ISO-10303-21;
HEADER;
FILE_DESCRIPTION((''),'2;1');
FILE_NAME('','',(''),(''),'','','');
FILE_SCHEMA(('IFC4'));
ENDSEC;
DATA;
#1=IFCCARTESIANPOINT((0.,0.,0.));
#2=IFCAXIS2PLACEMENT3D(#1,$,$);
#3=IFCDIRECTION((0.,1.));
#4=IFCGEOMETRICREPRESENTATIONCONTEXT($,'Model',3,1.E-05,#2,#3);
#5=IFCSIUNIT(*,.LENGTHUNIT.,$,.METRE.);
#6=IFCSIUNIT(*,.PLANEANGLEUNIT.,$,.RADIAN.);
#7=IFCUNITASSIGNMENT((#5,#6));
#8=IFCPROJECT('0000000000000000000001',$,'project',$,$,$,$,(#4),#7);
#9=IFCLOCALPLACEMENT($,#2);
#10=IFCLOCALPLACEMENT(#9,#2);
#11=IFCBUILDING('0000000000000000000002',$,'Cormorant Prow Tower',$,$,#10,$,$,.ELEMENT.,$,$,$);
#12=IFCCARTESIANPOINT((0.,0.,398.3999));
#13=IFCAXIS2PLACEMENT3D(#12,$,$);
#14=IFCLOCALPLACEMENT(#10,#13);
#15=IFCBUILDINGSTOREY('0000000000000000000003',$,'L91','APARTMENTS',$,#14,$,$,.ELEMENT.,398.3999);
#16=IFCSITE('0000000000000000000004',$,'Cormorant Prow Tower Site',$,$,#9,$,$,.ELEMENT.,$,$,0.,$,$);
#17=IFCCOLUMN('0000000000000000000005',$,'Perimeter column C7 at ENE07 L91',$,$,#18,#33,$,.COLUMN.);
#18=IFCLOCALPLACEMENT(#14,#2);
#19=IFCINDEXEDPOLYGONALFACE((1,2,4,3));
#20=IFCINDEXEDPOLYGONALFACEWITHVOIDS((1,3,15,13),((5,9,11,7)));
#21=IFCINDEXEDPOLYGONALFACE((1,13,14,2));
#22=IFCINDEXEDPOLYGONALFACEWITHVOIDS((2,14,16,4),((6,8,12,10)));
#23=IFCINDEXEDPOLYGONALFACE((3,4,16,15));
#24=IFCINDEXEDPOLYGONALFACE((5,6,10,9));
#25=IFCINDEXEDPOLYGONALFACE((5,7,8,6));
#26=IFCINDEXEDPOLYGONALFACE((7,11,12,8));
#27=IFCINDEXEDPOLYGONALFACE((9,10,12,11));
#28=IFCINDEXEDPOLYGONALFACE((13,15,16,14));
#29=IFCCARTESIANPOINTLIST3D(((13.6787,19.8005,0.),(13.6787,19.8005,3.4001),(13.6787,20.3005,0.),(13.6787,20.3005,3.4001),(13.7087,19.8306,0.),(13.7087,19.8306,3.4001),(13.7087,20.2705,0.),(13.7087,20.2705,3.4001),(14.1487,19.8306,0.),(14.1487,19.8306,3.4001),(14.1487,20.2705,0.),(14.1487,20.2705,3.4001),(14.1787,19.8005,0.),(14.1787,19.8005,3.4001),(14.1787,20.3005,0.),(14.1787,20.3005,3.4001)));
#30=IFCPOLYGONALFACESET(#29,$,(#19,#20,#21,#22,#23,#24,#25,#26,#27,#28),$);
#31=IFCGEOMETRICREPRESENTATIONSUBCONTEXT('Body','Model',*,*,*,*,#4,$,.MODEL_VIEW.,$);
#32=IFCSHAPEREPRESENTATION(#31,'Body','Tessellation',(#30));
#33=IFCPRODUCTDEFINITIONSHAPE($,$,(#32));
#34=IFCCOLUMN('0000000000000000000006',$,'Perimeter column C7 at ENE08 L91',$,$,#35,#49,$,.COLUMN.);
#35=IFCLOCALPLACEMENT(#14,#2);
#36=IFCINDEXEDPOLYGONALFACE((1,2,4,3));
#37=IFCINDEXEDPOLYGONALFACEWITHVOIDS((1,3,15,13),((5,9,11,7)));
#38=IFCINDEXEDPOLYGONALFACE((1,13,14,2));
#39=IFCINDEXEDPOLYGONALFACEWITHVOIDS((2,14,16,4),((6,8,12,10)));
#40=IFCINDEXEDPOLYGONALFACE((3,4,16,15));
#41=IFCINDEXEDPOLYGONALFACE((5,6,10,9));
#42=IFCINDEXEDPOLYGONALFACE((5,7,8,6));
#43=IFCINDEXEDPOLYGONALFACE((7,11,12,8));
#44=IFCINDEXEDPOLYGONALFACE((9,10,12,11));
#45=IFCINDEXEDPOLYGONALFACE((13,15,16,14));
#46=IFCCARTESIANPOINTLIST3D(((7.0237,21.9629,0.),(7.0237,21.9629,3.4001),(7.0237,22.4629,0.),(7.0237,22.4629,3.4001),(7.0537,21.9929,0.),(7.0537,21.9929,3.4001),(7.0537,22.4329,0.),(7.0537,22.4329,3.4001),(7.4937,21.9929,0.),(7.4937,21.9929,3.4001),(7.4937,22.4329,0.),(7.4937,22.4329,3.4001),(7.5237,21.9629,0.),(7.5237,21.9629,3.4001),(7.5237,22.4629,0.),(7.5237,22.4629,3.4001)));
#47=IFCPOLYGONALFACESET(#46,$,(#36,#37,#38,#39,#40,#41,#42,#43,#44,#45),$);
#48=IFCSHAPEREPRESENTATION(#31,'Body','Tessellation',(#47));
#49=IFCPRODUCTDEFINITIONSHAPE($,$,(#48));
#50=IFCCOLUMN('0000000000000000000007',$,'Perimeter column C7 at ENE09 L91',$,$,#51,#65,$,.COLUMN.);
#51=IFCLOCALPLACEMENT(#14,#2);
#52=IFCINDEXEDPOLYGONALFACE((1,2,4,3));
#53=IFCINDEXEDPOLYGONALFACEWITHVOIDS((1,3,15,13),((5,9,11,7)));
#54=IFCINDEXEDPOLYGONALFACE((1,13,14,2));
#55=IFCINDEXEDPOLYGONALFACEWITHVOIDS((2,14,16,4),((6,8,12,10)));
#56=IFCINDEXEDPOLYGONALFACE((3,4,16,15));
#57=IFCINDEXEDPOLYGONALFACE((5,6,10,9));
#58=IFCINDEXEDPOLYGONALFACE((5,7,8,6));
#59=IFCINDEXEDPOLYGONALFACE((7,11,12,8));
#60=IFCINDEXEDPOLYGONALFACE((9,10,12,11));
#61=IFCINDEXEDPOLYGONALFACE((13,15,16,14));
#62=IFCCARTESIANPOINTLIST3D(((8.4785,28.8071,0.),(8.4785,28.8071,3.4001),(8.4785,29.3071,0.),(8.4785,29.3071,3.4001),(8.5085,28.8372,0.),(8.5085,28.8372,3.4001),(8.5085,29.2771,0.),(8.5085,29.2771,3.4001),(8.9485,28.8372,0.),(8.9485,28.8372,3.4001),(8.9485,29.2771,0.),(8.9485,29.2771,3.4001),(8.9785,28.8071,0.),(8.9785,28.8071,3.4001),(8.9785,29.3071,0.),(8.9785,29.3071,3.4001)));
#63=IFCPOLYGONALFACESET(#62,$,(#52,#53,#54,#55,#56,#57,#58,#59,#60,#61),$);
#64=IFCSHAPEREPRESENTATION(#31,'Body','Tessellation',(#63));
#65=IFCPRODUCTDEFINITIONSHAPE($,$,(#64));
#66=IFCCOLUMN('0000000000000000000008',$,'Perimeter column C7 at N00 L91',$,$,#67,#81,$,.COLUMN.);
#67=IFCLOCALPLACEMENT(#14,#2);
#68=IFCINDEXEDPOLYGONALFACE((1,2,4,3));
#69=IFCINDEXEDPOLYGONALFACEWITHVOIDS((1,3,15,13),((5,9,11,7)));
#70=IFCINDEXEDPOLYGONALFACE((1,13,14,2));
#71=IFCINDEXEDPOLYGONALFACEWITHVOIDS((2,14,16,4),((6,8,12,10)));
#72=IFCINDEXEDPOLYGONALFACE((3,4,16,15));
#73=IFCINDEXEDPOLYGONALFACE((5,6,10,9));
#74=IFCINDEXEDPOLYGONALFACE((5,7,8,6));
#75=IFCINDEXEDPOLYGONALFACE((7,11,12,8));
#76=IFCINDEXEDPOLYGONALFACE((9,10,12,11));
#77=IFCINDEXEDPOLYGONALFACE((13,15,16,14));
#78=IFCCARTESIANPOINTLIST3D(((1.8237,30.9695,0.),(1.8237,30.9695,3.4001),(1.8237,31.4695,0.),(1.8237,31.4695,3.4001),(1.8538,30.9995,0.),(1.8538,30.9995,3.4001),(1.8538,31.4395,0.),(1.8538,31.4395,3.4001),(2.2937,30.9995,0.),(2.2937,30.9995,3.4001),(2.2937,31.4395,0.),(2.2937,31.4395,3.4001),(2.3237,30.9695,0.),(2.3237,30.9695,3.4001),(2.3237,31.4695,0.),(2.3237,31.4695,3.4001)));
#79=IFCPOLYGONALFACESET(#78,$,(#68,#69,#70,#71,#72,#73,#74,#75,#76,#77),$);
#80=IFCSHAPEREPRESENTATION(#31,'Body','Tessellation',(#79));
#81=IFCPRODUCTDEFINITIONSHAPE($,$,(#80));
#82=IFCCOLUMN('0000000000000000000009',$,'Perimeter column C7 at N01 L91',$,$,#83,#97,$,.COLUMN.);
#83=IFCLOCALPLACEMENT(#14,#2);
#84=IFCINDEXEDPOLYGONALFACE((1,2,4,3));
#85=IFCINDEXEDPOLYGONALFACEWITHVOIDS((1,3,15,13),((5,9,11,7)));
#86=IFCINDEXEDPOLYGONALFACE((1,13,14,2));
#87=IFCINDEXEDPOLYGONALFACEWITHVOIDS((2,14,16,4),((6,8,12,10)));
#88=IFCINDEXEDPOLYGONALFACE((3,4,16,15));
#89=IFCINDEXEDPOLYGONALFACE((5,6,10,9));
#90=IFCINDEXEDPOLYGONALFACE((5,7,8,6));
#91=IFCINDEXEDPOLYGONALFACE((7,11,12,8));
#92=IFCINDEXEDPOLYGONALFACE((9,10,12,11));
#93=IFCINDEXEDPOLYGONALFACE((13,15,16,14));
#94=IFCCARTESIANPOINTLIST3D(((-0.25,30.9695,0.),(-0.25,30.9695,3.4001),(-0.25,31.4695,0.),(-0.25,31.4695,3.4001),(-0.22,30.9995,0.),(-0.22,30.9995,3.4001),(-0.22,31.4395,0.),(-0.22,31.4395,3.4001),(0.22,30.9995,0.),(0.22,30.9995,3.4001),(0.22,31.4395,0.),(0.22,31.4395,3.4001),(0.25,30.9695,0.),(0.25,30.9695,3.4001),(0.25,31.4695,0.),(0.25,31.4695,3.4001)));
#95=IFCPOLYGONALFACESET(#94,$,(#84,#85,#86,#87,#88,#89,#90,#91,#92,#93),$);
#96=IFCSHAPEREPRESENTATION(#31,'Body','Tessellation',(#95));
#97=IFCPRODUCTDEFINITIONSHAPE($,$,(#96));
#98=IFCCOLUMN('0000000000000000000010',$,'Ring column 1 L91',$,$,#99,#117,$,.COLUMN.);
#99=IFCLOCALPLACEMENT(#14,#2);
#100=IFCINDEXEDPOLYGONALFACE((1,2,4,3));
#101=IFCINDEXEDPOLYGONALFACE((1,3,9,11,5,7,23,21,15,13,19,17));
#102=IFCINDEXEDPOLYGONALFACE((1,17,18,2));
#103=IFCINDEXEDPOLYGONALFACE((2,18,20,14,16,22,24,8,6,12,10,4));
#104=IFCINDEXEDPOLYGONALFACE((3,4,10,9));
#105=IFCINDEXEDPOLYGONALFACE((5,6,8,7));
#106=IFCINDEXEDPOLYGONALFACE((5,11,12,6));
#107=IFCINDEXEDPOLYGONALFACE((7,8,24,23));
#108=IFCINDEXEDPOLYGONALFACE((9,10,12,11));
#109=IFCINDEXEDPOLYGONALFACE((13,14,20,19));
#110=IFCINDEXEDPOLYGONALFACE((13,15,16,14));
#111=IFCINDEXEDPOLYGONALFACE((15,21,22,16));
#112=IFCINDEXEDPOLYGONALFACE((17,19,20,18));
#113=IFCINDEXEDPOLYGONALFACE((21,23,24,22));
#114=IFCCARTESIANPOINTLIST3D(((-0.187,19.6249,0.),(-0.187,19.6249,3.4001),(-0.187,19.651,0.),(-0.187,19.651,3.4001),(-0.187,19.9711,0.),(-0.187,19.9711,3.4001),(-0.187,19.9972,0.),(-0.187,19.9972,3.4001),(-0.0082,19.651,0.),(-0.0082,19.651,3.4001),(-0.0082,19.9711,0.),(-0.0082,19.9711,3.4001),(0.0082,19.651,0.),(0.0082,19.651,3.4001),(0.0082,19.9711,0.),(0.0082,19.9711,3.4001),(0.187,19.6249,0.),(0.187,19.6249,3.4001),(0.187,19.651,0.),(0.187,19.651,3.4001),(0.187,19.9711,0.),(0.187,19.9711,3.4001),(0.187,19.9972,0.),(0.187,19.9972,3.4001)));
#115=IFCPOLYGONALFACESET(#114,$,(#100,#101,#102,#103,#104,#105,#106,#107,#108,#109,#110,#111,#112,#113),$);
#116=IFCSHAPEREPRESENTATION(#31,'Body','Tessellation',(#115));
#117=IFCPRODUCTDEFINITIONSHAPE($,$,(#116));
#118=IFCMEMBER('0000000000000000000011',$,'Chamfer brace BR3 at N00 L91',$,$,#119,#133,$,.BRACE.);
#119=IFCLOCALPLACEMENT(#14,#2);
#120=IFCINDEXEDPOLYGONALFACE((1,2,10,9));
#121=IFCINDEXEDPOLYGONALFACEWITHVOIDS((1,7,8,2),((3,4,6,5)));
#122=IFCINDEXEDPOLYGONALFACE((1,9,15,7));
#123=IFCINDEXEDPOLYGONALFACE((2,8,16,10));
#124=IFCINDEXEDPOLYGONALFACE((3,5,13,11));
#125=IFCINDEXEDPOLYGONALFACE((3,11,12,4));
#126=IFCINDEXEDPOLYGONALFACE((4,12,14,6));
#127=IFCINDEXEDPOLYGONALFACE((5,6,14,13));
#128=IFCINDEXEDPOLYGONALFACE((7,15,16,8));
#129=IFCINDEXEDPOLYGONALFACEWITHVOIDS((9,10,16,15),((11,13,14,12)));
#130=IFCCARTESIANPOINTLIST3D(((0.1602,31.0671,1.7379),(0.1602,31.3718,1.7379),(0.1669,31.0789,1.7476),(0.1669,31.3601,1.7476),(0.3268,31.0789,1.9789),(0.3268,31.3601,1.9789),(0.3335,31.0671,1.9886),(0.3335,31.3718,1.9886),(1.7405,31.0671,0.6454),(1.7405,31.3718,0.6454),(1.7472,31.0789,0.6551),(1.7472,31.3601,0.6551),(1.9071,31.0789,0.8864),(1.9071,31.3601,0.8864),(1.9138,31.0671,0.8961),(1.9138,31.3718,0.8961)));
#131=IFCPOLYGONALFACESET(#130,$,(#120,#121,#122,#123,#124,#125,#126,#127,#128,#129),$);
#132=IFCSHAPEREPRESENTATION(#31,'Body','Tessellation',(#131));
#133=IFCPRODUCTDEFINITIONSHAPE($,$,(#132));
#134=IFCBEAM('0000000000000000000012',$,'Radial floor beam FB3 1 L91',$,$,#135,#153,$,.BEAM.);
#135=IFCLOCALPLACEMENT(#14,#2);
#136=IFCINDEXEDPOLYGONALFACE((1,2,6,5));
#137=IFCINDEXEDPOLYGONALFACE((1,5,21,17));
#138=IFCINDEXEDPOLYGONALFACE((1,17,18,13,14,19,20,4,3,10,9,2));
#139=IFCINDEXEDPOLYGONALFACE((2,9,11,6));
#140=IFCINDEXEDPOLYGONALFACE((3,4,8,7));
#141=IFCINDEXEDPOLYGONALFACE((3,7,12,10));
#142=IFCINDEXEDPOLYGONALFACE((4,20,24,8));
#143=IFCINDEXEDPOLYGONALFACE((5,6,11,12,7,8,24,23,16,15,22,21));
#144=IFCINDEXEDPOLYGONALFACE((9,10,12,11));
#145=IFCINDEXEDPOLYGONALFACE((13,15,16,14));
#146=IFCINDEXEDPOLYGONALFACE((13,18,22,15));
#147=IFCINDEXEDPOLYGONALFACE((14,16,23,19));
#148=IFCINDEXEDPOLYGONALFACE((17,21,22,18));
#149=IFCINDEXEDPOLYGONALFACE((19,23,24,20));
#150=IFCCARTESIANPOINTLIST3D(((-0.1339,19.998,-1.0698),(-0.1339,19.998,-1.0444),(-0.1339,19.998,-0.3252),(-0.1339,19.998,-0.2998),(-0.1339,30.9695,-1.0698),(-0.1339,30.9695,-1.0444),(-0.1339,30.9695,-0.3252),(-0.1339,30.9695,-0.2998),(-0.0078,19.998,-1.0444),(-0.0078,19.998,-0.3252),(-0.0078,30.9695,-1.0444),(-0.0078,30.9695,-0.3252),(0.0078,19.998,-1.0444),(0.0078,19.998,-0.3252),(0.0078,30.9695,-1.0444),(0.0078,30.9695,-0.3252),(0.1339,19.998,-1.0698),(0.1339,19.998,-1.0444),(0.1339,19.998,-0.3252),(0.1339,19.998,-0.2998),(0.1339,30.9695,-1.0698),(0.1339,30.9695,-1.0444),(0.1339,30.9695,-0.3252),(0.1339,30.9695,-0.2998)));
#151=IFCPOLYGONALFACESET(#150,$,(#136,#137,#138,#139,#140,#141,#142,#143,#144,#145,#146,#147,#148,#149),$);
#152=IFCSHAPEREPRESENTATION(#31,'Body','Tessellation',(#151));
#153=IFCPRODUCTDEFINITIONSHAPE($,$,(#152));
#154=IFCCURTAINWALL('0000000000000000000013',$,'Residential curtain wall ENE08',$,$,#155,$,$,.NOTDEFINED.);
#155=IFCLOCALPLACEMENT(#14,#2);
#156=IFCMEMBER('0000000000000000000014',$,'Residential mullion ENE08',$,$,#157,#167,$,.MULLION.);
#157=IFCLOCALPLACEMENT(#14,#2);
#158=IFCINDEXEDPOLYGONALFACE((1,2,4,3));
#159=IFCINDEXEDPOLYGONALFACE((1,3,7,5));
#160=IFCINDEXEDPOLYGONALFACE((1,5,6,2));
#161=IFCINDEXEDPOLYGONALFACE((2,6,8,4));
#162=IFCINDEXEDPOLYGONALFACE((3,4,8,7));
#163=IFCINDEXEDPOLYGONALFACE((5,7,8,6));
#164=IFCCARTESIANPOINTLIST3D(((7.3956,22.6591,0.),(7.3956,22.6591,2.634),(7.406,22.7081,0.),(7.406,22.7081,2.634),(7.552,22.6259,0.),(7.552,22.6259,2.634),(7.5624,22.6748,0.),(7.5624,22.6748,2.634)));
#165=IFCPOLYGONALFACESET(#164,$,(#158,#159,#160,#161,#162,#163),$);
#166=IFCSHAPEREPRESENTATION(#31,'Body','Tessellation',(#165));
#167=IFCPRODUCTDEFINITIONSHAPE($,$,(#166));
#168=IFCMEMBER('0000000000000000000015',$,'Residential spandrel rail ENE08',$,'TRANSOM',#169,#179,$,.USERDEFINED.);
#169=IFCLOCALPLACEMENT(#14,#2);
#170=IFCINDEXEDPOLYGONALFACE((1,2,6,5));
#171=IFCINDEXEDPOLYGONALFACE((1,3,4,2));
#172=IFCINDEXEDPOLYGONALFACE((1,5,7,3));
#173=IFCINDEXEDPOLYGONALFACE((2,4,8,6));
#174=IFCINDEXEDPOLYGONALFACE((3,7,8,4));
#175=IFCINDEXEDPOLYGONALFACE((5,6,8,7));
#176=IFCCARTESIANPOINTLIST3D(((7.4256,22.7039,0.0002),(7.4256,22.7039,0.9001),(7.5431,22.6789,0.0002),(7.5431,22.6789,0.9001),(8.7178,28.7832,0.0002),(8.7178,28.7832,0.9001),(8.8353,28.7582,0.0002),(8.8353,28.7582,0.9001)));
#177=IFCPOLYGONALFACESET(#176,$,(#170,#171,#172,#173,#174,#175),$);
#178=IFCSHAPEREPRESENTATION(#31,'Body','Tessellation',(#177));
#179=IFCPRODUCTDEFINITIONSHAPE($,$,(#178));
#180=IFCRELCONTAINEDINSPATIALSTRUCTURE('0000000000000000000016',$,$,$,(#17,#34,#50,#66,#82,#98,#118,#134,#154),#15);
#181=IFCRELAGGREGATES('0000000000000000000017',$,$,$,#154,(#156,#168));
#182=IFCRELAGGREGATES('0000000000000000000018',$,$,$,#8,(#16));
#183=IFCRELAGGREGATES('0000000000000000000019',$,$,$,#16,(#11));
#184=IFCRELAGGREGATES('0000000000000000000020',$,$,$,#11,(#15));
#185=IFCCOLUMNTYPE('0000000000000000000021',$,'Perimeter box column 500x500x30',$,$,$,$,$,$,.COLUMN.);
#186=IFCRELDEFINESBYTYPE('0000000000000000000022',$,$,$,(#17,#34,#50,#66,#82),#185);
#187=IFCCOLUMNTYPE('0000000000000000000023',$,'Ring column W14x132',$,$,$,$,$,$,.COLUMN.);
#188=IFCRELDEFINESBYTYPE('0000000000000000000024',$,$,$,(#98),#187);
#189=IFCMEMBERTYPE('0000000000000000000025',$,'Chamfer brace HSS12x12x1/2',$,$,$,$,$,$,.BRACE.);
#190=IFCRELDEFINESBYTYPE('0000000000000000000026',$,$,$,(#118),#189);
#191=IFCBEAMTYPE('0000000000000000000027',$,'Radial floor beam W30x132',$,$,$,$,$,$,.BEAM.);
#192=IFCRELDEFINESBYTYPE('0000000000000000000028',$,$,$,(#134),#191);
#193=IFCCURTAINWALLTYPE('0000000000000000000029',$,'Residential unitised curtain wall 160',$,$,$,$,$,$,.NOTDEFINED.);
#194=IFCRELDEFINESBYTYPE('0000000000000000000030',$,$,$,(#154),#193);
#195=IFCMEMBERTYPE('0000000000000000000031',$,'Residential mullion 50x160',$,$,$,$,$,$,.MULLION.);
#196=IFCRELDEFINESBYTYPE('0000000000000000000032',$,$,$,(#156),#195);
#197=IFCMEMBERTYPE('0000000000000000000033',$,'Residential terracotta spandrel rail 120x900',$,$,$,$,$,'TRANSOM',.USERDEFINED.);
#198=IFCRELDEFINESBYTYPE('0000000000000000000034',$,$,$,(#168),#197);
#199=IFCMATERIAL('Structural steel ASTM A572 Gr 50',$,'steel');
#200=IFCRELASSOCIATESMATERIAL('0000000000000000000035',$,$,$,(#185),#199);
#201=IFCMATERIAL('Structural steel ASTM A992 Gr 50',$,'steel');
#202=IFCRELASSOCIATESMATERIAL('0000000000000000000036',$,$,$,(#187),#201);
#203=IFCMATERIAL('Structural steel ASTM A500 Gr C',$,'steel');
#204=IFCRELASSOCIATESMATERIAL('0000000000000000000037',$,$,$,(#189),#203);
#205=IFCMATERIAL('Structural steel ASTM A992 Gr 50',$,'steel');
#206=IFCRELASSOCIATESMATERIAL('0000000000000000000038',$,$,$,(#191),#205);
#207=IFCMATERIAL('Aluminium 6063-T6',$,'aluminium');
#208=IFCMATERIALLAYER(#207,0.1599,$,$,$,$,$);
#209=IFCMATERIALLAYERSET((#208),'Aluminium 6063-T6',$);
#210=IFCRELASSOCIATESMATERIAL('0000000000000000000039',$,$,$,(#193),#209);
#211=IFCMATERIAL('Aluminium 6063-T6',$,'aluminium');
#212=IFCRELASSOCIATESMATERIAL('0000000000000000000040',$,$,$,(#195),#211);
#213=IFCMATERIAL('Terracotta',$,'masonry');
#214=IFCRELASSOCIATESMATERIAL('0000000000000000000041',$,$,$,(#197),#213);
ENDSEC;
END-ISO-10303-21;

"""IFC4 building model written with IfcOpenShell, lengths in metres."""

from ifc_helpers import new_model, si_unit, direction, frame, origin, origin_2d, place, context, subcontext, project, spatial, rectangle, hollow_rectangle, i_section, extrude, material, layer, layer_set, material_profile, profile_set, type_object, element, aggregate, save


model = new_model("IFC4")

# Units and contexts
model_context = context("Model", 3, precision=1e-05, world=origin(), true_north=direction((0.0, 1.0)))
body_context = subcontext(model_context, "Body", "Model", "MODEL_VIEW")
ifc_project = project(units=[si_unit("LENGTHUNIT", "METRE"), si_unit("PLANEANGLEUNIT", "RADIAN")], contexts=[model_context])

# Site, building, storey
site_placement = place(None, origin())
site = spatial("IfcSite", under=ifc_project, at=site_placement, Name="Cormorant Prow Tower Site", CompositionType="ELEMENT", RefElevation=0.0)
building_placement = place(site_placement, origin())
building = spatial("IfcBuilding", under=site, at=building_placement, Name="Cormorant Prow Tower", CompositionType="ELEMENT")
storey_placement = place(building_placement, frame((0.0, 0.0, 398.3999)))
storey = spatial("IfcBuildingStorey", under=building, at=storey_placement, Name="L91", Description="APARTMENTS", CompositionType="ELEMENT", Elevation=398.3999)

# Columns
ifc_material_1 = material(Name="Structural steel ASTM A572 Gr 50", Category="steel")
ifc_material_profile_1 = material_profile(ifc_material_1, hollow_rectangle(XDim=0.5, YDim=0.5, WallThickness=0.03, at=origin_2d()), Name="Box 500x500x30")
ifc_profile_set_1 = profile_set([ifc_material_profile_1], Name="Structural steel ASTM A572 Gr 50")
column_type_1 = type_object("IfcColumnType", Name="Perimeter box column 500x500x30", PredefinedType="COLUMN", material=ifc_profile_set_1)
for number, where, z_axis, x_axis, name in (
    (1, (13.9287, 20.0505, 0.0), (0.0, 0.0, 1.0), (1.0, 0.0, 0.0), "Perimeter column C7 at ENE07 L91"),
    (2, (7.2737, 22.2129, 0.0), (0.0, 0.0, 1.0), (1.0, 0.0, 0.0), "Perimeter column C7 at ENE08 L91"),
    (3, (8.7285, 29.0571, 0.0), (0.0, 0.0, 1.0), (1.0, 0.0, 0.0), "Perimeter column C7 at ENE09 L91"),
    (4, (2.0737, 31.2195, 0.0), (0.0, 0.0, 1.0), (1.0, 0.0, 0.0), "Perimeter column C7 at N00 L91"),
    (5, (0.0, 31.2195, 0.0), (0.0, 0.0, 1.0), (1.0, 0.0, 0.0), "Perimeter column C7 at N01 L91"),
):
    element("IfcColumn", number, at=place(storey_placement, frame(where, z_axis=z_axis, x_axis=x_axis)), inside=storey, type_object=column_type_1, Name=name, PredefinedType="COLUMN", context=body_context, shape_type="SweptSolid", body=[
        extrude(hollow_rectangle(XDim=0.5, YDim=0.5, WallThickness=0.03, at=origin_2d()), origin(), (0.0, 0.0, 1.0), 3.4001),
    ])
ifc_material_2 = material(Name="Structural steel ASTM A992 Gr 50", Category="steel")
ifc_material_profile_2 = material_profile(ifc_material_2, i_section(OverallWidth=0.374, OverallDepth=0.3723, WebThickness=0.0164, FlangeThickness=0.0261, at=origin_2d()), Name="W14x132")
ifc_profile_set_2 = profile_set([ifc_material_profile_2], Name="Structural steel ASTM A992 Gr 50")
column_type_2 = type_object("IfcColumnType", Name="Ring column W14x132", PredefinedType="COLUMN", material=ifc_profile_set_2)
column_placement = place(storey_placement, frame((0.0, 19.811, 0.0), z_axis=(0.0, 0.0, 1.0), x_axis=(1.0, 0.0, 0.0)))
element("IfcColumn", 6, at=column_placement, inside=storey, type_object=column_type_2, Name="Ring column 1 L91", PredefinedType="COLUMN", context=body_context, shape_type="SweptSolid", body=[
    extrude(i_section(OverallWidth=0.374, OverallDepth=0.3723, WebThickness=0.0164, FlangeThickness=0.0261, at=origin_2d()), origin(), (0.0, 0.0, 1.0), 3.4001),
])

# Member
ifc_material_3 = material(Name="Structural steel ASTM A500 Gr C", Category="steel")
ifc_material_profile_3 = material_profile(ifc_material_3, hollow_rectangle(XDim=0.3047, YDim=0.3047, WallThickness=0.0117, at=origin_2d()), Name="HSS12x12x1/2")
ifc_profile_set_3 = profile_set([ifc_material_profile_3], Name="Structural steel ASTM A500 Gr C")
member_type_1 = type_object("IfcMemberType", Name="Chamfer brace HSS12x12x1/2", PredefinedType="BRACE", material=ifc_profile_set_3)
member_1_placement = place(storey_placement, frame((1.8271, 31.2195, 0.7708), z_axis=(-0.822567, 0.0, 0.568668), x_axis=(0.0, -1.0, 0.0)))
element("IfcMember", 7, at=member_1_placement, inside=storey, type_object=member_type_1, Name="Chamfer brace BR3 at N00 L91", PredefinedType="BRACE", context=body_context, shape_type="SweptSolid", body=[
    extrude(hollow_rectangle(XDim=0.3047, YDim=0.3047, WallThickness=0.0117, at=origin_2d()), origin(), (0.0, 0.0, 1.0), 1.9211),
])

# Beam
ifc_material_4 = material(Name="Structural steel ASTM A992 Gr 50", Category="steel")
ifc_material_profile_4 = material_profile(ifc_material_4, i_section(OverallWidth=0.2678, OverallDepth=0.77, WebThickness=0.0156, FlangeThickness=0.0254, at=origin_2d()), Name="W30x132")
ifc_profile_set_4 = profile_set([ifc_material_profile_4], Name="Structural steel ASTM A992 Gr 50")
beam_type_1 = type_object("IfcBeamType", Name="Radial floor beam W30x132", PredefinedType="BEAM", material=ifc_profile_set_4)
beam_1_placement = place(storey_placement, frame((0.0, 19.998, -0.6848), z_axis=(0.0, 1.0, 0.0), x_axis=(-1.0, 0.0, 0.0)))
element("IfcBeam", 8, at=beam_1_placement, inside=storey, type_object=beam_type_1, Name="Radial floor beam FB3 1 L91", PredefinedType="BEAM", context=body_context, shape_type="SweptSolid", body=[
    extrude(i_section(OverallWidth=0.2678, OverallDepth=0.77, WebThickness=0.0156, FlangeThickness=0.0254, at=origin_2d()), origin(), (0.0, 0.0, 1.0), 10.9714),
])

# Curtain wall, members
ifc_material_5 = material(Name="Aluminium 6063-T6", Category="aluminium")
ifc_layer_1 = layer(ifc_material_5, 0.1599)
ifc_layer_set_1 = layer_set([ifc_layer_1], Name="Aluminium 6063-T6")
curtain_wall_type = type_object("IfcCurtainWallType", Name="Residential unitised curtain wall 160", PredefinedType="NOTDEFINED", material=ifc_layer_set_1)
curtain_wall_placement = place(storey_placement, origin())
curtain_wall = element("IfcCurtainWall", 9, at=curtain_wall_placement, inside=storey, type_object=curtain_wall_type, Name="Residential curtain wall ENE08", PredefinedType="NOTDEFINED")
ifc_material_6 = material(Name="Aluminium 6063-T6", Category="aluminium")
ifc_material_profile_5 = material_profile(ifc_material_6, rectangle(XDim=0.1599, YDim=0.05, at=origin_2d()), Name="Residential mullion 50x160")
ifc_profile_set_5 = profile_set([ifc_material_profile_5], Name="Aluminium 6063-T6")
member_type_2 = type_object("IfcMemberType", Name="Residential mullion 50x160", PredefinedType="MULLION", material=ifc_profile_set_5)
member_2_placement = place(storey_placement, frame((7.479, 22.667, 0.0), z_axis=(0.0, 0.0, 1.0), x_axis=(-0.978148, 0.207912, 0.0)))
member_2 = element("IfcMember", 10, at=member_2_placement, type_object=member_type_2, Name="Residential mullion ENE08", PredefinedType="MULLION", context=body_context, shape_type="SweptSolid", body=[
    extrude(rectangle(XDim=0.1599, YDim=0.05, at=origin_2d()), origin(), (0.0, 0.0, 1.0), 2.634),
])
ifc_material_7 = material(Name="Terracotta", Category="masonry")
ifc_material_profile_6 = material_profile(ifc_material_7, rectangle(XDim=0.1201, YDim=0.8999, at=origin_2d()), Name="Residential terracotta spandrel rail 120x900")
ifc_profile_set_6 = profile_set([ifc_material_profile_6], Name="Terracotta")
member_type_3 = type_object("IfcMemberType", Name="Residential terracotta spandrel rail 120x900", ElementType="TRANSOM", PredefinedType="USERDEFINED", material=ifc_profile_set_6)
member_3_placement = place(storey_placement, frame((7.4844, 22.6914, 0.4502), z_axis=(0.207917, 0.978147, 0.0), x_axis=(-0.978147, 0.207917, 0.0)))
member_3 = element("IfcMember", 11, at=member_3_placement, type_object=member_type_3, Name="Residential spandrel rail ENE08", ObjectType="TRANSOM", PredefinedType="USERDEFINED", context=body_context, shape_type="SweptSolid", body=[
    extrude(rectangle(XDim=0.1201, YDim=0.8999, at=origin_2d()), origin(), (0.0, 0.0, 1.0), 6.2151),
])

aggregate(curtain_wall, [member_2, member_3])

save(model, "model.ifc")
